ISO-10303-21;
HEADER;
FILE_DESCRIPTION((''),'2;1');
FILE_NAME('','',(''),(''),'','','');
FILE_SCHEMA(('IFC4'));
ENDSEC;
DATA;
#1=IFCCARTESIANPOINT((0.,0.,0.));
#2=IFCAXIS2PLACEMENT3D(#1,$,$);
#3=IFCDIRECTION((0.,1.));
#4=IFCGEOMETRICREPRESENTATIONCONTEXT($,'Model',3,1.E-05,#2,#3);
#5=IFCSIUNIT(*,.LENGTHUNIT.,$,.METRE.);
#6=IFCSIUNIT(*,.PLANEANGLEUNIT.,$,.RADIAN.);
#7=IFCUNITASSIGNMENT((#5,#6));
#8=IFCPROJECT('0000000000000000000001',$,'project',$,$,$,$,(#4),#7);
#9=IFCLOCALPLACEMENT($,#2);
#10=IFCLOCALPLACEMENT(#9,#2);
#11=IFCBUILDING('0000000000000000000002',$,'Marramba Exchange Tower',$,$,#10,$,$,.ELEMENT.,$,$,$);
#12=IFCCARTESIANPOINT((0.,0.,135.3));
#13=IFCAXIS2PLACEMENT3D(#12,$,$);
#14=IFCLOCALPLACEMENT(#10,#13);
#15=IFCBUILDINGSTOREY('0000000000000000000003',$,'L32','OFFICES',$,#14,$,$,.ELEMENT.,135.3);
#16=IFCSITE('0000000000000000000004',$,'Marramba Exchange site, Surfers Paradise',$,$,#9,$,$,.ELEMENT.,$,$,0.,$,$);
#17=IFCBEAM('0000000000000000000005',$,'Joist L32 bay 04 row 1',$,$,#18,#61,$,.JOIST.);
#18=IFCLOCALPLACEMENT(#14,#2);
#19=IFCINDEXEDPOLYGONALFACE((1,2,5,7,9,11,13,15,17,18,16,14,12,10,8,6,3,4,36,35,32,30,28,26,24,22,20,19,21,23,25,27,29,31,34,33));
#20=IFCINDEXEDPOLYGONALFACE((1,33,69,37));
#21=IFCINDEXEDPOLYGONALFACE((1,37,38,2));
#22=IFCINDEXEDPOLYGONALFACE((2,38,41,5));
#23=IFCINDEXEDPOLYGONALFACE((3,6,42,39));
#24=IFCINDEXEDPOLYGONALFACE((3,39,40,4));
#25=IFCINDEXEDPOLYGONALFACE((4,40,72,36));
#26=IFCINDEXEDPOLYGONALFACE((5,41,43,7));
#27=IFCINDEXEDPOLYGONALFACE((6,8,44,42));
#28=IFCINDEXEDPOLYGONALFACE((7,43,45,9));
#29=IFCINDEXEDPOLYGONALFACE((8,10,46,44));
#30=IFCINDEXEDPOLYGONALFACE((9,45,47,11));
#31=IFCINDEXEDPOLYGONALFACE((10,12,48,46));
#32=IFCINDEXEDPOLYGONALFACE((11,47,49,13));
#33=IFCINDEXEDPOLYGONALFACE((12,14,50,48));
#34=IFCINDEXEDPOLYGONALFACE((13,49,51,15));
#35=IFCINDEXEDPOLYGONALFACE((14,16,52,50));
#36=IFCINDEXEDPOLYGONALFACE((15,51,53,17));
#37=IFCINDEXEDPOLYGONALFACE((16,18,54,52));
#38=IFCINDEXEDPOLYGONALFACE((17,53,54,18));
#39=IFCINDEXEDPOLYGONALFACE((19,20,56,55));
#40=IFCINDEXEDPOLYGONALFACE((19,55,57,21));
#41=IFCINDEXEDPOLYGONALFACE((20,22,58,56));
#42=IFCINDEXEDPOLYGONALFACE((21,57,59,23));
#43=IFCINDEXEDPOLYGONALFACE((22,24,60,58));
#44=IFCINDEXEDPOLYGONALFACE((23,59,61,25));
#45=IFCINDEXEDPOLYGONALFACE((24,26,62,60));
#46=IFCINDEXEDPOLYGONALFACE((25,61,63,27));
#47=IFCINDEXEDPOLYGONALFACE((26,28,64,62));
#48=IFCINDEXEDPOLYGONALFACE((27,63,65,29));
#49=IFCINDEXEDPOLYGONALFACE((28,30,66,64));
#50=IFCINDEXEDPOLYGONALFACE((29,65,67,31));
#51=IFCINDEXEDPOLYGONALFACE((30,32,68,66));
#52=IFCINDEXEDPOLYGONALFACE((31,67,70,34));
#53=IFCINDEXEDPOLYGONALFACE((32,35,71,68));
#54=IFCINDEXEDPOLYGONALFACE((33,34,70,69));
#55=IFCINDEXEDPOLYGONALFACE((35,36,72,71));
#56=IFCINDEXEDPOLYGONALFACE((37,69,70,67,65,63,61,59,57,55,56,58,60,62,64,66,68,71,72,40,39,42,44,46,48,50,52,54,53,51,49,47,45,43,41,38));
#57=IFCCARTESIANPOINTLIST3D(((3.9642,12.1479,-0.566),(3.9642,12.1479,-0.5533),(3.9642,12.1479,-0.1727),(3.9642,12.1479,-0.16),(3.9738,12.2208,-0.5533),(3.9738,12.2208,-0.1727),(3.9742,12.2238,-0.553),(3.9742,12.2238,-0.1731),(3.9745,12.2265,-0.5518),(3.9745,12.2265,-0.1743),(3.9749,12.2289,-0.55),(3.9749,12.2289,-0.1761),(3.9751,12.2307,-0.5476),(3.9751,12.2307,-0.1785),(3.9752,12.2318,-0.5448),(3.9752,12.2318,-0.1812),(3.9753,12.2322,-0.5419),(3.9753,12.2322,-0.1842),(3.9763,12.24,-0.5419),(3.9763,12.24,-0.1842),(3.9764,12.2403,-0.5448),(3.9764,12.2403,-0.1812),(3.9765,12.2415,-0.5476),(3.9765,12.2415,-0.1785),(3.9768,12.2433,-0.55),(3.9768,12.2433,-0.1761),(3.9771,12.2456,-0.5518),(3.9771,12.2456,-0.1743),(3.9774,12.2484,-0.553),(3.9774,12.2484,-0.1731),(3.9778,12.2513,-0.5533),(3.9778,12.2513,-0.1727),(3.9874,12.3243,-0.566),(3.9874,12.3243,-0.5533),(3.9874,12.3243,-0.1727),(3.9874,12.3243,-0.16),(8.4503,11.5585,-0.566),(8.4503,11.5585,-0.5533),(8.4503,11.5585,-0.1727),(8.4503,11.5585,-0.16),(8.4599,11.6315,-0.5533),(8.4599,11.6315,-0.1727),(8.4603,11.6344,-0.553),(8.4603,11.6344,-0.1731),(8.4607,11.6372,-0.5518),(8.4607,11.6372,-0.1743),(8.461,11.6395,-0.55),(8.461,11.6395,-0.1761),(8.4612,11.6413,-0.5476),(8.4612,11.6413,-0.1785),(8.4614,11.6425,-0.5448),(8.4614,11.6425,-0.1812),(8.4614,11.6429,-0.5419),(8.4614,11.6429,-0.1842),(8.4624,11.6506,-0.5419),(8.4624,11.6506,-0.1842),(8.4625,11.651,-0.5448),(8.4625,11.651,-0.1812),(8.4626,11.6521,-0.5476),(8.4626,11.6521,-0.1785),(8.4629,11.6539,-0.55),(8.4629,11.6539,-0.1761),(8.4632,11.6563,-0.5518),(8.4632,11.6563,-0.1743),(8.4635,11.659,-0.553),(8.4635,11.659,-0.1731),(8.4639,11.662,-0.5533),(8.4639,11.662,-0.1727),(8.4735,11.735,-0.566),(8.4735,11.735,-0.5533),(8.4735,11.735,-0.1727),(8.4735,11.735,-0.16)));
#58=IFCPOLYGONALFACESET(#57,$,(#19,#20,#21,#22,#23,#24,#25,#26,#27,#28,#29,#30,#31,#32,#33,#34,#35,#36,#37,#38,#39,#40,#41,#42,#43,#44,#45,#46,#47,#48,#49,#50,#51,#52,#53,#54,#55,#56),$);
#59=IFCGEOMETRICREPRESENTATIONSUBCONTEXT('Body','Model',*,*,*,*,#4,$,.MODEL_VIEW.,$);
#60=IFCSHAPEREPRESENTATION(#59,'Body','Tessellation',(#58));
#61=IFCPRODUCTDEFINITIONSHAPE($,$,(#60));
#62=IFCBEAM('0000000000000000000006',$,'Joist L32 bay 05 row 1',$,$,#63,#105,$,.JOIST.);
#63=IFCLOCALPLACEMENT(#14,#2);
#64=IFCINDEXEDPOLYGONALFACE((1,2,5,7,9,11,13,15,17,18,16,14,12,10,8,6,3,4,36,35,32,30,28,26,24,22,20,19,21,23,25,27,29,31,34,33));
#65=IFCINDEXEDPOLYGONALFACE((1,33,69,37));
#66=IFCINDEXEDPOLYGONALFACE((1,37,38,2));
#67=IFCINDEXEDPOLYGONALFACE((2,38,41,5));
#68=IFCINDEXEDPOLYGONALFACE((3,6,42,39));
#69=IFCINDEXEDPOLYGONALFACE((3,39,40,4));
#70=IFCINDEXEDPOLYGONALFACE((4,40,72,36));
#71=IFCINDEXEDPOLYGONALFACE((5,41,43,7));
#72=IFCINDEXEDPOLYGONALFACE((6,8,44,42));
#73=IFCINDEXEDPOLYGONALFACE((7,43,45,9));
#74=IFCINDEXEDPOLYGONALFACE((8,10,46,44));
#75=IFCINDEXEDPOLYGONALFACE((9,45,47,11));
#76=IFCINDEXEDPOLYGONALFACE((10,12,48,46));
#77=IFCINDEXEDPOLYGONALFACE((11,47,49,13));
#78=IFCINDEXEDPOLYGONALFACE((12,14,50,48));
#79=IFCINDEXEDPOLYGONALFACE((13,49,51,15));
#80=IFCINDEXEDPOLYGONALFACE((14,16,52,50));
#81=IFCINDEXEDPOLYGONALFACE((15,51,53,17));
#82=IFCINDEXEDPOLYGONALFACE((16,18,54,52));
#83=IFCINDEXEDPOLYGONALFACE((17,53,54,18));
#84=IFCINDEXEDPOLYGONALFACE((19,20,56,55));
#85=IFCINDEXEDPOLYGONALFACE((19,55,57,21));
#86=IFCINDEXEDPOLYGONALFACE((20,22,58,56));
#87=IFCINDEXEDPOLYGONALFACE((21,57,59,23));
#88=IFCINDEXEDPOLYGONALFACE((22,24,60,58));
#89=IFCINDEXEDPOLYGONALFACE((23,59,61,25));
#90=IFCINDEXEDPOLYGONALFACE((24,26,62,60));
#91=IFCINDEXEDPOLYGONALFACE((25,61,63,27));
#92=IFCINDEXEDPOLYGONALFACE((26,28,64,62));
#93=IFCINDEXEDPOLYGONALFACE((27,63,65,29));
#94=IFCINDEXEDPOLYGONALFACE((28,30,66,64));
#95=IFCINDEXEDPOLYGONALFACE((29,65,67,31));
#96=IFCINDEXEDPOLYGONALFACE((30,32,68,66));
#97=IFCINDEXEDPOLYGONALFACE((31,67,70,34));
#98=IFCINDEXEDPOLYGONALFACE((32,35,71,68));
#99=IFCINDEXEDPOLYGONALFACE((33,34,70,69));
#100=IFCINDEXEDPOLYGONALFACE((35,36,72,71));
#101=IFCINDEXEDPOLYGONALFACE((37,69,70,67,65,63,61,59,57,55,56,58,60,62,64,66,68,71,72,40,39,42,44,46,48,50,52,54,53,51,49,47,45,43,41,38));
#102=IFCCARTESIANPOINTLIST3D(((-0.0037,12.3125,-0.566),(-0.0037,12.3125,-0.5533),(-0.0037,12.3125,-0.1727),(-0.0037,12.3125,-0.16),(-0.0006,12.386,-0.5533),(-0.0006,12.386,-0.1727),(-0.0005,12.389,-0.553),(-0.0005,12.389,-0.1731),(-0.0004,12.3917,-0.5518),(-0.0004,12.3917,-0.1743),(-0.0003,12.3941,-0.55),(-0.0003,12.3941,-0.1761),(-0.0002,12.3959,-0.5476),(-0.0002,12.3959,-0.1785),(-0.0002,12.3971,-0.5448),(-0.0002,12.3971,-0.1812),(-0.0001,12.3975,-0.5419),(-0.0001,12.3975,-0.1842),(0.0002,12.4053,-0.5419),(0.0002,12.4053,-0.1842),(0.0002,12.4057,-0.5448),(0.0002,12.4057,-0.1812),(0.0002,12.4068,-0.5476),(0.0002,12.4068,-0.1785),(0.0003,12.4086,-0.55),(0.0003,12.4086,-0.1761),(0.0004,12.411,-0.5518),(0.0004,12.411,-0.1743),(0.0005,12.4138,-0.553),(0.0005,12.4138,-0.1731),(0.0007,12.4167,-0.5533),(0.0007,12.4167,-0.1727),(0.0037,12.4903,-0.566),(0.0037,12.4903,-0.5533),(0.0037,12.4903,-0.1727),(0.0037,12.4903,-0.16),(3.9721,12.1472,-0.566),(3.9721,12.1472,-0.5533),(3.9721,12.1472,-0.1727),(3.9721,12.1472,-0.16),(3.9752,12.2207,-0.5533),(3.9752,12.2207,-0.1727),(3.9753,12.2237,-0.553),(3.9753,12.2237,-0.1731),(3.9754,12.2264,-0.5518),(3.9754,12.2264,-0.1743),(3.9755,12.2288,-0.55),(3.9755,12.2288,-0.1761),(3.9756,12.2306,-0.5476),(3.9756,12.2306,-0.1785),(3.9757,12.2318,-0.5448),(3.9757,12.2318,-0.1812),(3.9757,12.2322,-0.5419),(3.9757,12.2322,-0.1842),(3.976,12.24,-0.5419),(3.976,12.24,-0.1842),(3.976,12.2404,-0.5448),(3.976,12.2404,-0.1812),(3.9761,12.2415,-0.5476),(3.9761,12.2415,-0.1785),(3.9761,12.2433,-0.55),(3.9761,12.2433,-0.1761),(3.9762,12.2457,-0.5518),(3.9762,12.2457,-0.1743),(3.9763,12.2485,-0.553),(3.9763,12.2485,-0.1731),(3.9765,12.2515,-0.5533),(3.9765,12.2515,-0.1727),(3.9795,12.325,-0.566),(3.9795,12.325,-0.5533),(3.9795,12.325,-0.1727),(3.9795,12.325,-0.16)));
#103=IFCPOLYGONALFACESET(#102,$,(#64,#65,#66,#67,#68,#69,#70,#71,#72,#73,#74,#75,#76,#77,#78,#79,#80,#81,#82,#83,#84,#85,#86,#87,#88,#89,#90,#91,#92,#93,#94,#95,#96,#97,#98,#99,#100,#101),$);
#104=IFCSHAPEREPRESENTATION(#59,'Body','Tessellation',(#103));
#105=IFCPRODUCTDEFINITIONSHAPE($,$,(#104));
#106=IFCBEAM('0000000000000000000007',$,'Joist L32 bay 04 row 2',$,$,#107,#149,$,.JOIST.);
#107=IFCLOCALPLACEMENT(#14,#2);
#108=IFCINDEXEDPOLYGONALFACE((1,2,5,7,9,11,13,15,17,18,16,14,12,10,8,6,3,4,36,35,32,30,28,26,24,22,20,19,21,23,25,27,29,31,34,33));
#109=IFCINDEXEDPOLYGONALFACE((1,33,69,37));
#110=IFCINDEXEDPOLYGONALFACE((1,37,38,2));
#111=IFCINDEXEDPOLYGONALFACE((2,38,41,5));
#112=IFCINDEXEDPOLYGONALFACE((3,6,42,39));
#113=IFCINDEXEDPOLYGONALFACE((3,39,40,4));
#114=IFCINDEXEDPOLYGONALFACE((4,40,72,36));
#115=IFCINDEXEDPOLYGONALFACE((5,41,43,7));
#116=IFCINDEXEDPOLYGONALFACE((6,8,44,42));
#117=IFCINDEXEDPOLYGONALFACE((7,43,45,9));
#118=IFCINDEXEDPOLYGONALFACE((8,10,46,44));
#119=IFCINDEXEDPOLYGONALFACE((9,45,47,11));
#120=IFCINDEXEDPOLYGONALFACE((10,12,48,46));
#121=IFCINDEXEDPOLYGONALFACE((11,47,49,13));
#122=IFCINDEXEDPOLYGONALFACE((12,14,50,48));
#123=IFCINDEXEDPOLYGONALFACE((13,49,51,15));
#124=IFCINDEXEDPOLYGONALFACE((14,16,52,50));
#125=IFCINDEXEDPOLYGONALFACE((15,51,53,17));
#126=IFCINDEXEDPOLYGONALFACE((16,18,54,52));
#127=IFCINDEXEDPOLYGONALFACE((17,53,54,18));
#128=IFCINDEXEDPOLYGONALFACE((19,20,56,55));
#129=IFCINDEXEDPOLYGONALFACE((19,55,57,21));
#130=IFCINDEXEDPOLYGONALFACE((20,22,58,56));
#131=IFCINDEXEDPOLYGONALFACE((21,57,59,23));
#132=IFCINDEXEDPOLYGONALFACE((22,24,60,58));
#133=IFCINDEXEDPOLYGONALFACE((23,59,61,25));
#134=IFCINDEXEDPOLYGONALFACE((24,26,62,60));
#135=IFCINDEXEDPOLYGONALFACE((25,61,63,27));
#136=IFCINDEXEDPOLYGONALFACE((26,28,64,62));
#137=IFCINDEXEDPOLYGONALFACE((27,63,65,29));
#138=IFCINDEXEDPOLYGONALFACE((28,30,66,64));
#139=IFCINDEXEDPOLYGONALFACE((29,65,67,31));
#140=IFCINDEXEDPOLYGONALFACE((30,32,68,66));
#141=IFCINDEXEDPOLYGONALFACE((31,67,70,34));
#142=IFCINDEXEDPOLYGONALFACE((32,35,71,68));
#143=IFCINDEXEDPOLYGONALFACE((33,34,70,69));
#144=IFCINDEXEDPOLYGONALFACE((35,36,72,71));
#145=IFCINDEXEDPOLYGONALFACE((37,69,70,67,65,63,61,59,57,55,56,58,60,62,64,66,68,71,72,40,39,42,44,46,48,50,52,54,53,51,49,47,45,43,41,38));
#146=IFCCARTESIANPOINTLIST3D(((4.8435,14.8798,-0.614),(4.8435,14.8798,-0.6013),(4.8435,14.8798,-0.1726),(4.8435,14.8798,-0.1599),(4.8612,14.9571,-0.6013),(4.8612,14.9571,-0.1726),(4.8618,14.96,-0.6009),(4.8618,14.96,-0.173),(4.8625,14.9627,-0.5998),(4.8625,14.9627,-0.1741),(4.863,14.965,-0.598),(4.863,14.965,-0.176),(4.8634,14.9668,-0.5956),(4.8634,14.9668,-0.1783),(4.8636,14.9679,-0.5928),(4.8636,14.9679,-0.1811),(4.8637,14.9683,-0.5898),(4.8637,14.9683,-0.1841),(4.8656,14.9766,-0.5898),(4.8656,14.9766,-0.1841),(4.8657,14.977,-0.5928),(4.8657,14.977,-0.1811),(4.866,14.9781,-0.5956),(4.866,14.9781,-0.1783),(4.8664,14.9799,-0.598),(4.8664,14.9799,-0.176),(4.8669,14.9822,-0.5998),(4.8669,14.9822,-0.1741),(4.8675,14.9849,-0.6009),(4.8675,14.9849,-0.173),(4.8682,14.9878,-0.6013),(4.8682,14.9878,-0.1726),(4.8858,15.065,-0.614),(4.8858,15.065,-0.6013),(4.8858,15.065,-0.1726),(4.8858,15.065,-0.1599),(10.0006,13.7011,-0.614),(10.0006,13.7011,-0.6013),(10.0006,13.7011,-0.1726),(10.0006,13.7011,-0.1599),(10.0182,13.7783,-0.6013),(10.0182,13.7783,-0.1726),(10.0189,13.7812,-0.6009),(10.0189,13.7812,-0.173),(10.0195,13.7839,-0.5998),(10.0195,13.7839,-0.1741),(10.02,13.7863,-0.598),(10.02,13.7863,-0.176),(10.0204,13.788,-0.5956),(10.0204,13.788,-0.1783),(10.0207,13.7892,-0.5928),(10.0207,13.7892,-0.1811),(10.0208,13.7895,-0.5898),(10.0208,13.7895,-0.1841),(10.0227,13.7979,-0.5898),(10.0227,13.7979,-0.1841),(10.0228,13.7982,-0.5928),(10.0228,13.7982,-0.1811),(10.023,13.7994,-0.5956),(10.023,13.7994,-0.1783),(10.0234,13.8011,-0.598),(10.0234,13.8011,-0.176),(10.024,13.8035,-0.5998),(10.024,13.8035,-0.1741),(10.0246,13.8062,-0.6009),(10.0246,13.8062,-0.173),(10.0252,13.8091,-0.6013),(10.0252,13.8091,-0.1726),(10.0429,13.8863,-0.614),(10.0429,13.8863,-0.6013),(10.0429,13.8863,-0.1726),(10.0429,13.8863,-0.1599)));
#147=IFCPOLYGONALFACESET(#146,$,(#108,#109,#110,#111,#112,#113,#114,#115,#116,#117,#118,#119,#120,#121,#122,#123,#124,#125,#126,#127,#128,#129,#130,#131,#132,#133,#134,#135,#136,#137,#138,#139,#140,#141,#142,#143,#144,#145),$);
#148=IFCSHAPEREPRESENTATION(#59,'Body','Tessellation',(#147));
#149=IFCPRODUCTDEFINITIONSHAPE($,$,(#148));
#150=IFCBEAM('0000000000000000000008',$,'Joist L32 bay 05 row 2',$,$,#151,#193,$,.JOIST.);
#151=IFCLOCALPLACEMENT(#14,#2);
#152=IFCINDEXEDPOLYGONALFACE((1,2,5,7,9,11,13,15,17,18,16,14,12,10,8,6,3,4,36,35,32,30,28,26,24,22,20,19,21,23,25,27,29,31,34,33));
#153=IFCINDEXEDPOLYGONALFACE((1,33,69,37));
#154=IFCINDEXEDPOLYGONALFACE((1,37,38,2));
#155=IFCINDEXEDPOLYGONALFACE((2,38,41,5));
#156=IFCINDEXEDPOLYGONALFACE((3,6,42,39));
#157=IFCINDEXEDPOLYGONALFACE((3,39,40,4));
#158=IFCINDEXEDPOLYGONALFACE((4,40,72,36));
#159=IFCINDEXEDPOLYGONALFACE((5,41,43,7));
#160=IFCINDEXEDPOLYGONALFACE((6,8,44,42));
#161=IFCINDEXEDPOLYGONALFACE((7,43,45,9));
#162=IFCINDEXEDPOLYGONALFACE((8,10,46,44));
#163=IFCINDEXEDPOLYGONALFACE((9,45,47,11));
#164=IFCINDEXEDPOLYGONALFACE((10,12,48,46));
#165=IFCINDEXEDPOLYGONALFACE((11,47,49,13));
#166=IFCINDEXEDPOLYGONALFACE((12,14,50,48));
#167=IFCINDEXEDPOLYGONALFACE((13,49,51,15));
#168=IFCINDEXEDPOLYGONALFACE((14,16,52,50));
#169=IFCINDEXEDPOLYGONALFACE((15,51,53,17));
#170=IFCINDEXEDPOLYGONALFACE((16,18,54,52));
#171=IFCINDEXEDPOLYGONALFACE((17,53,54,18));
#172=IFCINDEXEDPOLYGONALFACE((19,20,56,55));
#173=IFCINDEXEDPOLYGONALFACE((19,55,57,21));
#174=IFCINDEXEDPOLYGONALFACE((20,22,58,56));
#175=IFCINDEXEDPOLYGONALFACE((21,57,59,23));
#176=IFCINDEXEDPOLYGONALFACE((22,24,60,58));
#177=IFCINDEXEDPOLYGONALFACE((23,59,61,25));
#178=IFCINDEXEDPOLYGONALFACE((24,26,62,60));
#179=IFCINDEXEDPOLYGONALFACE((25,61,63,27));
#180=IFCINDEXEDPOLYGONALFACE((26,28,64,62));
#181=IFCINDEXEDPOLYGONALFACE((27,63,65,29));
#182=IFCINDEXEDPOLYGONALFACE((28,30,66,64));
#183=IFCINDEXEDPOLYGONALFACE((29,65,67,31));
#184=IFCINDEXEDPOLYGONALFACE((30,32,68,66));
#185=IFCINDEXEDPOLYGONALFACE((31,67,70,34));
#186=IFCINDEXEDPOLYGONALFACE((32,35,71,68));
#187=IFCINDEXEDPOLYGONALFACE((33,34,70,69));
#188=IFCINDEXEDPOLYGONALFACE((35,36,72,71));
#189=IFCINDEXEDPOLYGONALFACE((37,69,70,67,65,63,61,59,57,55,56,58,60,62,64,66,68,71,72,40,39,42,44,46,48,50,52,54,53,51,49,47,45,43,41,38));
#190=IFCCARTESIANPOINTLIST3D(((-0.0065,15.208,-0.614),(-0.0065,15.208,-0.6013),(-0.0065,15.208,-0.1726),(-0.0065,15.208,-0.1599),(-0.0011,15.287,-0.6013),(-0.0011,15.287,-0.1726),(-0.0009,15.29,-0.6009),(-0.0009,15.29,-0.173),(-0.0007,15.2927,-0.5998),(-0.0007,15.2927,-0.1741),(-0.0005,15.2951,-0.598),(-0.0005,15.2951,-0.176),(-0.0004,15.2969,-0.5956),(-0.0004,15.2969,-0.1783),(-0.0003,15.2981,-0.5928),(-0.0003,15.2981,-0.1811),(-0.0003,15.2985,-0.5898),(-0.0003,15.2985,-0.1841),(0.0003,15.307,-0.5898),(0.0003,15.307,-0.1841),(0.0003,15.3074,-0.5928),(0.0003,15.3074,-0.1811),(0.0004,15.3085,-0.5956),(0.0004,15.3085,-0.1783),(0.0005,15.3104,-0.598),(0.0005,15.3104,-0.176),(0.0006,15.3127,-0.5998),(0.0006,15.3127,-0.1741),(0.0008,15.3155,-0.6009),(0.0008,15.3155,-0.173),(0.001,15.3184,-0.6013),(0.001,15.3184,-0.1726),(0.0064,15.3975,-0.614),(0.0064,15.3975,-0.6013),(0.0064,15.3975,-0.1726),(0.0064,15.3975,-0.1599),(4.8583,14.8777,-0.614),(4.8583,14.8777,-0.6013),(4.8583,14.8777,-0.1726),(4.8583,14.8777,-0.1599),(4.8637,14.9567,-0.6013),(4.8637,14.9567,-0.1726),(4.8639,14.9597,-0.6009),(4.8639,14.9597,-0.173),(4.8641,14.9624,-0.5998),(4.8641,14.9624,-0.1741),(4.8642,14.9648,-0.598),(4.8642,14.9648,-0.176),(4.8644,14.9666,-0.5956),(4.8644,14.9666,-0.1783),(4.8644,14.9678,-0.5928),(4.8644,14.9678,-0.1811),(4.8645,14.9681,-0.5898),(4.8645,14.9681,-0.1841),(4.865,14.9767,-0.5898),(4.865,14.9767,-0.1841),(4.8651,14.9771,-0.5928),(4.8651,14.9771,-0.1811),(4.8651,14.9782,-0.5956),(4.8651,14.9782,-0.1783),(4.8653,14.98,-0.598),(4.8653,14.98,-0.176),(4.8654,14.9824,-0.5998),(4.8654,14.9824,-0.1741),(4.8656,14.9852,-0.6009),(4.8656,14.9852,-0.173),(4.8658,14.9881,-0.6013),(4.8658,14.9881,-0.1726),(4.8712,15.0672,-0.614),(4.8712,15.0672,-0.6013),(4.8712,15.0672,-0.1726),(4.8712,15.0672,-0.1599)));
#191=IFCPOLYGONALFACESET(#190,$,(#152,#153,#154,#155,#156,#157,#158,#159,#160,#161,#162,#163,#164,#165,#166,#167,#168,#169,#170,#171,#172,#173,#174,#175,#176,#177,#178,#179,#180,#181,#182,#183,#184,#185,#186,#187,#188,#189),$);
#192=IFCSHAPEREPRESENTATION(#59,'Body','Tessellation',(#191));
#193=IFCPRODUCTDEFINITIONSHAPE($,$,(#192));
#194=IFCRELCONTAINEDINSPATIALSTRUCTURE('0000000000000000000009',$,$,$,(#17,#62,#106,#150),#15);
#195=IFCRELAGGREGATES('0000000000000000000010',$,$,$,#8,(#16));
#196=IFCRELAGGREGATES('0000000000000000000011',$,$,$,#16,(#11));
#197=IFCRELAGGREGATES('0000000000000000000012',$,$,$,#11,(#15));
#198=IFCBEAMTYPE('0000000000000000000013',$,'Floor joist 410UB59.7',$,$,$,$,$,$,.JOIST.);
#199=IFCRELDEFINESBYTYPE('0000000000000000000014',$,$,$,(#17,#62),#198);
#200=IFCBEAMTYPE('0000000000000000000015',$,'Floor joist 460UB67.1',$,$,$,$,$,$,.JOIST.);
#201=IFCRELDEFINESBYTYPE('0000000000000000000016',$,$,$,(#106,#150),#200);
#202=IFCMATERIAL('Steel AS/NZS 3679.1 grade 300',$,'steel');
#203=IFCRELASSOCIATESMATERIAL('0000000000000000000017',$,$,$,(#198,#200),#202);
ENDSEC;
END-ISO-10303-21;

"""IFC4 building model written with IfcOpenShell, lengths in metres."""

from ifc_helpers import new_model, si_unit, direction, frame, origin, origin_2d, place, context, subcontext, project, spatial, i_section, extrude, material, material_profile, profile_set, type_object, element, save


model = new_model("IFC4")

# Units and contexts
model_context = context("Model", 3, precision=1e-05, world=origin(), true_north=direction((0.0, 1.0)))
body_context = subcontext(model_context, "Body", "Model", "MODEL_VIEW")
ifc_project = project(units=[si_unit("LENGTHUNIT", "METRE"), si_unit("PLANEANGLEUNIT", "RADIAN")], contexts=[model_context])

# Site, building, storey
site_placement = place(None, origin())
site = spatial("IfcSite", under=ifc_project, at=site_placement, Name="Marramba Exchange site, Surfers Paradise", CompositionType="ELEMENT", RefElevation=0.0)
building_placement = place(site_placement, origin())
building = spatial("IfcBuilding", under=site, at=building_placement, Name="Marramba Exchange Tower", CompositionType="ELEMENT")
storey_placement = place(building_placement, frame((0.0, 0.0, 135.3)))
storey = spatial("IfcBuildingStorey", under=building, at=storey_placement, Name="L32", Description="OFFICES", CompositionType="ELEMENT", Elevation=135.3)

# Beams
ifc_material_1 = material(Name="Steel AS/NZS 3679.1 grade 300", Category="steel")
ifc_material_profile_1 = material_profile(ifc_material_1, i_section(OverallWidth=0.178, OverallDepth=0.406, WebThickness=0.0078, FlangeThickness=0.0127, FilletRadius=0.0115, at=origin_2d()), Name="410UB59.7")
ifc_profile_set_1 = profile_set([ifc_material_profile_1], Name="Steel AS/NZS 3679.1 grade 300")
beam_type_1 = type_object("IfcBeamType", Name="Floor joist 410UB59.7", PredefinedType="JOIST", material=ifc_profile_set_1)
beam_1_placement = place(storey_placement, frame((8.4619, 11.6467, -0.363), z_axis=(-0.991481, 0.130255, 0.0), x_axis=(-0.130255, -0.991481, 0.0)))
element("IfcBeam", 1, at=beam_1_placement, inside=storey, type_object=beam_type_1, Name="Joist L32 bay 04 row 1", PredefinedType="JOIST", context=body_context, shape_type="SweptSolid", body=[
    extrude(i_section(OverallWidth=0.178, OverallDepth=0.406, WebThickness=0.0078, FlangeThickness=0.0127, FilletRadius=0.0115, at=origin_2d()), origin(), (0.0, 0.0, 1.0), 4.5247),
])
beam_2_placement = place(storey_placement, frame((3.9758, 12.2361, -0.363), z_axis=(-0.999137, 0.041536, 0.0), x_axis=(-0.041536, -0.999137, 0.0)))
element("IfcBeam", 2, at=beam_2_placement, inside=storey, type_object=beam_type_1, Name="Joist L32 bay 05 row 1", PredefinedType="JOIST", context=body_context, shape_type="SweptSolid", body=[
    extrude(i_section(OverallWidth=0.178, OverallDepth=0.406, WebThickness=0.0078, FlangeThickness=0.0127, FilletRadius=0.0115, at=origin_2d()), origin(), (0.0, 0.0, 1.0), 3.9792),
])
ifc_material_profile_2 = material_profile(ifc_material_1, i_section(OverallWidth=0.1899, OverallDepth=0.4541, WebThickness=0.0085, FlangeThickness=0.0127, FilletRadius=0.0115, at=origin_2d()), Name="460UB67.1")
ifc_profile_set_2 = profile_set([ifc_material_profile_2], Name="Steel AS/NZS 3679.1 grade 300")
beam_type_2 = type_object("IfcBeamType", Name="Floor joist 460UB67.1", PredefinedType="JOIST", material=ifc_profile_set_2)
beam_3_placement = place(storey_placement, frame((10.0217, 13.7937, -0.387), z_axis=(-0.97486, 0.22282, 0.0), x_axis=(-0.22282, -0.97486, 0.0)))
element("IfcBeam", 3, at=beam_3_placement, inside=storey, type_object=beam_type_2, Name="Joist L32 bay 04 row 2", PredefinedType="JOIST", context=body_context, shape_type="SweptSolid", body=[
    extrude(i_section(OverallWidth=0.1899, OverallDepth=0.4541, WebThickness=0.0085, FlangeThickness=0.0127, FilletRadius=0.0115, at=origin_2d()), origin(), (0.0, 0.0, 1.0), 5.29),
])
beam_4_placement = place(storey_placement, frame((4.8647, 14.9724, -0.387), z_axis=(-0.997703, 0.067745, 0.0), x_axis=(-0.067745, -0.997703, 0.0)))
element("IfcBeam", 4, at=beam_4_placement, inside=storey, type_object=beam_type_2, Name="Joist L32 bay 05 row 2", PredefinedType="JOIST", context=body_context, shape_type="SweptSolid", body=[
    extrude(i_section(OverallWidth=0.1899, OverallDepth=0.4541, WebThickness=0.0085, FlangeThickness=0.0127, FilletRadius=0.0115, at=origin_2d()), origin(), (0.0, 0.0, 1.0), 4.876),
])

save(model, "model.ifc")
